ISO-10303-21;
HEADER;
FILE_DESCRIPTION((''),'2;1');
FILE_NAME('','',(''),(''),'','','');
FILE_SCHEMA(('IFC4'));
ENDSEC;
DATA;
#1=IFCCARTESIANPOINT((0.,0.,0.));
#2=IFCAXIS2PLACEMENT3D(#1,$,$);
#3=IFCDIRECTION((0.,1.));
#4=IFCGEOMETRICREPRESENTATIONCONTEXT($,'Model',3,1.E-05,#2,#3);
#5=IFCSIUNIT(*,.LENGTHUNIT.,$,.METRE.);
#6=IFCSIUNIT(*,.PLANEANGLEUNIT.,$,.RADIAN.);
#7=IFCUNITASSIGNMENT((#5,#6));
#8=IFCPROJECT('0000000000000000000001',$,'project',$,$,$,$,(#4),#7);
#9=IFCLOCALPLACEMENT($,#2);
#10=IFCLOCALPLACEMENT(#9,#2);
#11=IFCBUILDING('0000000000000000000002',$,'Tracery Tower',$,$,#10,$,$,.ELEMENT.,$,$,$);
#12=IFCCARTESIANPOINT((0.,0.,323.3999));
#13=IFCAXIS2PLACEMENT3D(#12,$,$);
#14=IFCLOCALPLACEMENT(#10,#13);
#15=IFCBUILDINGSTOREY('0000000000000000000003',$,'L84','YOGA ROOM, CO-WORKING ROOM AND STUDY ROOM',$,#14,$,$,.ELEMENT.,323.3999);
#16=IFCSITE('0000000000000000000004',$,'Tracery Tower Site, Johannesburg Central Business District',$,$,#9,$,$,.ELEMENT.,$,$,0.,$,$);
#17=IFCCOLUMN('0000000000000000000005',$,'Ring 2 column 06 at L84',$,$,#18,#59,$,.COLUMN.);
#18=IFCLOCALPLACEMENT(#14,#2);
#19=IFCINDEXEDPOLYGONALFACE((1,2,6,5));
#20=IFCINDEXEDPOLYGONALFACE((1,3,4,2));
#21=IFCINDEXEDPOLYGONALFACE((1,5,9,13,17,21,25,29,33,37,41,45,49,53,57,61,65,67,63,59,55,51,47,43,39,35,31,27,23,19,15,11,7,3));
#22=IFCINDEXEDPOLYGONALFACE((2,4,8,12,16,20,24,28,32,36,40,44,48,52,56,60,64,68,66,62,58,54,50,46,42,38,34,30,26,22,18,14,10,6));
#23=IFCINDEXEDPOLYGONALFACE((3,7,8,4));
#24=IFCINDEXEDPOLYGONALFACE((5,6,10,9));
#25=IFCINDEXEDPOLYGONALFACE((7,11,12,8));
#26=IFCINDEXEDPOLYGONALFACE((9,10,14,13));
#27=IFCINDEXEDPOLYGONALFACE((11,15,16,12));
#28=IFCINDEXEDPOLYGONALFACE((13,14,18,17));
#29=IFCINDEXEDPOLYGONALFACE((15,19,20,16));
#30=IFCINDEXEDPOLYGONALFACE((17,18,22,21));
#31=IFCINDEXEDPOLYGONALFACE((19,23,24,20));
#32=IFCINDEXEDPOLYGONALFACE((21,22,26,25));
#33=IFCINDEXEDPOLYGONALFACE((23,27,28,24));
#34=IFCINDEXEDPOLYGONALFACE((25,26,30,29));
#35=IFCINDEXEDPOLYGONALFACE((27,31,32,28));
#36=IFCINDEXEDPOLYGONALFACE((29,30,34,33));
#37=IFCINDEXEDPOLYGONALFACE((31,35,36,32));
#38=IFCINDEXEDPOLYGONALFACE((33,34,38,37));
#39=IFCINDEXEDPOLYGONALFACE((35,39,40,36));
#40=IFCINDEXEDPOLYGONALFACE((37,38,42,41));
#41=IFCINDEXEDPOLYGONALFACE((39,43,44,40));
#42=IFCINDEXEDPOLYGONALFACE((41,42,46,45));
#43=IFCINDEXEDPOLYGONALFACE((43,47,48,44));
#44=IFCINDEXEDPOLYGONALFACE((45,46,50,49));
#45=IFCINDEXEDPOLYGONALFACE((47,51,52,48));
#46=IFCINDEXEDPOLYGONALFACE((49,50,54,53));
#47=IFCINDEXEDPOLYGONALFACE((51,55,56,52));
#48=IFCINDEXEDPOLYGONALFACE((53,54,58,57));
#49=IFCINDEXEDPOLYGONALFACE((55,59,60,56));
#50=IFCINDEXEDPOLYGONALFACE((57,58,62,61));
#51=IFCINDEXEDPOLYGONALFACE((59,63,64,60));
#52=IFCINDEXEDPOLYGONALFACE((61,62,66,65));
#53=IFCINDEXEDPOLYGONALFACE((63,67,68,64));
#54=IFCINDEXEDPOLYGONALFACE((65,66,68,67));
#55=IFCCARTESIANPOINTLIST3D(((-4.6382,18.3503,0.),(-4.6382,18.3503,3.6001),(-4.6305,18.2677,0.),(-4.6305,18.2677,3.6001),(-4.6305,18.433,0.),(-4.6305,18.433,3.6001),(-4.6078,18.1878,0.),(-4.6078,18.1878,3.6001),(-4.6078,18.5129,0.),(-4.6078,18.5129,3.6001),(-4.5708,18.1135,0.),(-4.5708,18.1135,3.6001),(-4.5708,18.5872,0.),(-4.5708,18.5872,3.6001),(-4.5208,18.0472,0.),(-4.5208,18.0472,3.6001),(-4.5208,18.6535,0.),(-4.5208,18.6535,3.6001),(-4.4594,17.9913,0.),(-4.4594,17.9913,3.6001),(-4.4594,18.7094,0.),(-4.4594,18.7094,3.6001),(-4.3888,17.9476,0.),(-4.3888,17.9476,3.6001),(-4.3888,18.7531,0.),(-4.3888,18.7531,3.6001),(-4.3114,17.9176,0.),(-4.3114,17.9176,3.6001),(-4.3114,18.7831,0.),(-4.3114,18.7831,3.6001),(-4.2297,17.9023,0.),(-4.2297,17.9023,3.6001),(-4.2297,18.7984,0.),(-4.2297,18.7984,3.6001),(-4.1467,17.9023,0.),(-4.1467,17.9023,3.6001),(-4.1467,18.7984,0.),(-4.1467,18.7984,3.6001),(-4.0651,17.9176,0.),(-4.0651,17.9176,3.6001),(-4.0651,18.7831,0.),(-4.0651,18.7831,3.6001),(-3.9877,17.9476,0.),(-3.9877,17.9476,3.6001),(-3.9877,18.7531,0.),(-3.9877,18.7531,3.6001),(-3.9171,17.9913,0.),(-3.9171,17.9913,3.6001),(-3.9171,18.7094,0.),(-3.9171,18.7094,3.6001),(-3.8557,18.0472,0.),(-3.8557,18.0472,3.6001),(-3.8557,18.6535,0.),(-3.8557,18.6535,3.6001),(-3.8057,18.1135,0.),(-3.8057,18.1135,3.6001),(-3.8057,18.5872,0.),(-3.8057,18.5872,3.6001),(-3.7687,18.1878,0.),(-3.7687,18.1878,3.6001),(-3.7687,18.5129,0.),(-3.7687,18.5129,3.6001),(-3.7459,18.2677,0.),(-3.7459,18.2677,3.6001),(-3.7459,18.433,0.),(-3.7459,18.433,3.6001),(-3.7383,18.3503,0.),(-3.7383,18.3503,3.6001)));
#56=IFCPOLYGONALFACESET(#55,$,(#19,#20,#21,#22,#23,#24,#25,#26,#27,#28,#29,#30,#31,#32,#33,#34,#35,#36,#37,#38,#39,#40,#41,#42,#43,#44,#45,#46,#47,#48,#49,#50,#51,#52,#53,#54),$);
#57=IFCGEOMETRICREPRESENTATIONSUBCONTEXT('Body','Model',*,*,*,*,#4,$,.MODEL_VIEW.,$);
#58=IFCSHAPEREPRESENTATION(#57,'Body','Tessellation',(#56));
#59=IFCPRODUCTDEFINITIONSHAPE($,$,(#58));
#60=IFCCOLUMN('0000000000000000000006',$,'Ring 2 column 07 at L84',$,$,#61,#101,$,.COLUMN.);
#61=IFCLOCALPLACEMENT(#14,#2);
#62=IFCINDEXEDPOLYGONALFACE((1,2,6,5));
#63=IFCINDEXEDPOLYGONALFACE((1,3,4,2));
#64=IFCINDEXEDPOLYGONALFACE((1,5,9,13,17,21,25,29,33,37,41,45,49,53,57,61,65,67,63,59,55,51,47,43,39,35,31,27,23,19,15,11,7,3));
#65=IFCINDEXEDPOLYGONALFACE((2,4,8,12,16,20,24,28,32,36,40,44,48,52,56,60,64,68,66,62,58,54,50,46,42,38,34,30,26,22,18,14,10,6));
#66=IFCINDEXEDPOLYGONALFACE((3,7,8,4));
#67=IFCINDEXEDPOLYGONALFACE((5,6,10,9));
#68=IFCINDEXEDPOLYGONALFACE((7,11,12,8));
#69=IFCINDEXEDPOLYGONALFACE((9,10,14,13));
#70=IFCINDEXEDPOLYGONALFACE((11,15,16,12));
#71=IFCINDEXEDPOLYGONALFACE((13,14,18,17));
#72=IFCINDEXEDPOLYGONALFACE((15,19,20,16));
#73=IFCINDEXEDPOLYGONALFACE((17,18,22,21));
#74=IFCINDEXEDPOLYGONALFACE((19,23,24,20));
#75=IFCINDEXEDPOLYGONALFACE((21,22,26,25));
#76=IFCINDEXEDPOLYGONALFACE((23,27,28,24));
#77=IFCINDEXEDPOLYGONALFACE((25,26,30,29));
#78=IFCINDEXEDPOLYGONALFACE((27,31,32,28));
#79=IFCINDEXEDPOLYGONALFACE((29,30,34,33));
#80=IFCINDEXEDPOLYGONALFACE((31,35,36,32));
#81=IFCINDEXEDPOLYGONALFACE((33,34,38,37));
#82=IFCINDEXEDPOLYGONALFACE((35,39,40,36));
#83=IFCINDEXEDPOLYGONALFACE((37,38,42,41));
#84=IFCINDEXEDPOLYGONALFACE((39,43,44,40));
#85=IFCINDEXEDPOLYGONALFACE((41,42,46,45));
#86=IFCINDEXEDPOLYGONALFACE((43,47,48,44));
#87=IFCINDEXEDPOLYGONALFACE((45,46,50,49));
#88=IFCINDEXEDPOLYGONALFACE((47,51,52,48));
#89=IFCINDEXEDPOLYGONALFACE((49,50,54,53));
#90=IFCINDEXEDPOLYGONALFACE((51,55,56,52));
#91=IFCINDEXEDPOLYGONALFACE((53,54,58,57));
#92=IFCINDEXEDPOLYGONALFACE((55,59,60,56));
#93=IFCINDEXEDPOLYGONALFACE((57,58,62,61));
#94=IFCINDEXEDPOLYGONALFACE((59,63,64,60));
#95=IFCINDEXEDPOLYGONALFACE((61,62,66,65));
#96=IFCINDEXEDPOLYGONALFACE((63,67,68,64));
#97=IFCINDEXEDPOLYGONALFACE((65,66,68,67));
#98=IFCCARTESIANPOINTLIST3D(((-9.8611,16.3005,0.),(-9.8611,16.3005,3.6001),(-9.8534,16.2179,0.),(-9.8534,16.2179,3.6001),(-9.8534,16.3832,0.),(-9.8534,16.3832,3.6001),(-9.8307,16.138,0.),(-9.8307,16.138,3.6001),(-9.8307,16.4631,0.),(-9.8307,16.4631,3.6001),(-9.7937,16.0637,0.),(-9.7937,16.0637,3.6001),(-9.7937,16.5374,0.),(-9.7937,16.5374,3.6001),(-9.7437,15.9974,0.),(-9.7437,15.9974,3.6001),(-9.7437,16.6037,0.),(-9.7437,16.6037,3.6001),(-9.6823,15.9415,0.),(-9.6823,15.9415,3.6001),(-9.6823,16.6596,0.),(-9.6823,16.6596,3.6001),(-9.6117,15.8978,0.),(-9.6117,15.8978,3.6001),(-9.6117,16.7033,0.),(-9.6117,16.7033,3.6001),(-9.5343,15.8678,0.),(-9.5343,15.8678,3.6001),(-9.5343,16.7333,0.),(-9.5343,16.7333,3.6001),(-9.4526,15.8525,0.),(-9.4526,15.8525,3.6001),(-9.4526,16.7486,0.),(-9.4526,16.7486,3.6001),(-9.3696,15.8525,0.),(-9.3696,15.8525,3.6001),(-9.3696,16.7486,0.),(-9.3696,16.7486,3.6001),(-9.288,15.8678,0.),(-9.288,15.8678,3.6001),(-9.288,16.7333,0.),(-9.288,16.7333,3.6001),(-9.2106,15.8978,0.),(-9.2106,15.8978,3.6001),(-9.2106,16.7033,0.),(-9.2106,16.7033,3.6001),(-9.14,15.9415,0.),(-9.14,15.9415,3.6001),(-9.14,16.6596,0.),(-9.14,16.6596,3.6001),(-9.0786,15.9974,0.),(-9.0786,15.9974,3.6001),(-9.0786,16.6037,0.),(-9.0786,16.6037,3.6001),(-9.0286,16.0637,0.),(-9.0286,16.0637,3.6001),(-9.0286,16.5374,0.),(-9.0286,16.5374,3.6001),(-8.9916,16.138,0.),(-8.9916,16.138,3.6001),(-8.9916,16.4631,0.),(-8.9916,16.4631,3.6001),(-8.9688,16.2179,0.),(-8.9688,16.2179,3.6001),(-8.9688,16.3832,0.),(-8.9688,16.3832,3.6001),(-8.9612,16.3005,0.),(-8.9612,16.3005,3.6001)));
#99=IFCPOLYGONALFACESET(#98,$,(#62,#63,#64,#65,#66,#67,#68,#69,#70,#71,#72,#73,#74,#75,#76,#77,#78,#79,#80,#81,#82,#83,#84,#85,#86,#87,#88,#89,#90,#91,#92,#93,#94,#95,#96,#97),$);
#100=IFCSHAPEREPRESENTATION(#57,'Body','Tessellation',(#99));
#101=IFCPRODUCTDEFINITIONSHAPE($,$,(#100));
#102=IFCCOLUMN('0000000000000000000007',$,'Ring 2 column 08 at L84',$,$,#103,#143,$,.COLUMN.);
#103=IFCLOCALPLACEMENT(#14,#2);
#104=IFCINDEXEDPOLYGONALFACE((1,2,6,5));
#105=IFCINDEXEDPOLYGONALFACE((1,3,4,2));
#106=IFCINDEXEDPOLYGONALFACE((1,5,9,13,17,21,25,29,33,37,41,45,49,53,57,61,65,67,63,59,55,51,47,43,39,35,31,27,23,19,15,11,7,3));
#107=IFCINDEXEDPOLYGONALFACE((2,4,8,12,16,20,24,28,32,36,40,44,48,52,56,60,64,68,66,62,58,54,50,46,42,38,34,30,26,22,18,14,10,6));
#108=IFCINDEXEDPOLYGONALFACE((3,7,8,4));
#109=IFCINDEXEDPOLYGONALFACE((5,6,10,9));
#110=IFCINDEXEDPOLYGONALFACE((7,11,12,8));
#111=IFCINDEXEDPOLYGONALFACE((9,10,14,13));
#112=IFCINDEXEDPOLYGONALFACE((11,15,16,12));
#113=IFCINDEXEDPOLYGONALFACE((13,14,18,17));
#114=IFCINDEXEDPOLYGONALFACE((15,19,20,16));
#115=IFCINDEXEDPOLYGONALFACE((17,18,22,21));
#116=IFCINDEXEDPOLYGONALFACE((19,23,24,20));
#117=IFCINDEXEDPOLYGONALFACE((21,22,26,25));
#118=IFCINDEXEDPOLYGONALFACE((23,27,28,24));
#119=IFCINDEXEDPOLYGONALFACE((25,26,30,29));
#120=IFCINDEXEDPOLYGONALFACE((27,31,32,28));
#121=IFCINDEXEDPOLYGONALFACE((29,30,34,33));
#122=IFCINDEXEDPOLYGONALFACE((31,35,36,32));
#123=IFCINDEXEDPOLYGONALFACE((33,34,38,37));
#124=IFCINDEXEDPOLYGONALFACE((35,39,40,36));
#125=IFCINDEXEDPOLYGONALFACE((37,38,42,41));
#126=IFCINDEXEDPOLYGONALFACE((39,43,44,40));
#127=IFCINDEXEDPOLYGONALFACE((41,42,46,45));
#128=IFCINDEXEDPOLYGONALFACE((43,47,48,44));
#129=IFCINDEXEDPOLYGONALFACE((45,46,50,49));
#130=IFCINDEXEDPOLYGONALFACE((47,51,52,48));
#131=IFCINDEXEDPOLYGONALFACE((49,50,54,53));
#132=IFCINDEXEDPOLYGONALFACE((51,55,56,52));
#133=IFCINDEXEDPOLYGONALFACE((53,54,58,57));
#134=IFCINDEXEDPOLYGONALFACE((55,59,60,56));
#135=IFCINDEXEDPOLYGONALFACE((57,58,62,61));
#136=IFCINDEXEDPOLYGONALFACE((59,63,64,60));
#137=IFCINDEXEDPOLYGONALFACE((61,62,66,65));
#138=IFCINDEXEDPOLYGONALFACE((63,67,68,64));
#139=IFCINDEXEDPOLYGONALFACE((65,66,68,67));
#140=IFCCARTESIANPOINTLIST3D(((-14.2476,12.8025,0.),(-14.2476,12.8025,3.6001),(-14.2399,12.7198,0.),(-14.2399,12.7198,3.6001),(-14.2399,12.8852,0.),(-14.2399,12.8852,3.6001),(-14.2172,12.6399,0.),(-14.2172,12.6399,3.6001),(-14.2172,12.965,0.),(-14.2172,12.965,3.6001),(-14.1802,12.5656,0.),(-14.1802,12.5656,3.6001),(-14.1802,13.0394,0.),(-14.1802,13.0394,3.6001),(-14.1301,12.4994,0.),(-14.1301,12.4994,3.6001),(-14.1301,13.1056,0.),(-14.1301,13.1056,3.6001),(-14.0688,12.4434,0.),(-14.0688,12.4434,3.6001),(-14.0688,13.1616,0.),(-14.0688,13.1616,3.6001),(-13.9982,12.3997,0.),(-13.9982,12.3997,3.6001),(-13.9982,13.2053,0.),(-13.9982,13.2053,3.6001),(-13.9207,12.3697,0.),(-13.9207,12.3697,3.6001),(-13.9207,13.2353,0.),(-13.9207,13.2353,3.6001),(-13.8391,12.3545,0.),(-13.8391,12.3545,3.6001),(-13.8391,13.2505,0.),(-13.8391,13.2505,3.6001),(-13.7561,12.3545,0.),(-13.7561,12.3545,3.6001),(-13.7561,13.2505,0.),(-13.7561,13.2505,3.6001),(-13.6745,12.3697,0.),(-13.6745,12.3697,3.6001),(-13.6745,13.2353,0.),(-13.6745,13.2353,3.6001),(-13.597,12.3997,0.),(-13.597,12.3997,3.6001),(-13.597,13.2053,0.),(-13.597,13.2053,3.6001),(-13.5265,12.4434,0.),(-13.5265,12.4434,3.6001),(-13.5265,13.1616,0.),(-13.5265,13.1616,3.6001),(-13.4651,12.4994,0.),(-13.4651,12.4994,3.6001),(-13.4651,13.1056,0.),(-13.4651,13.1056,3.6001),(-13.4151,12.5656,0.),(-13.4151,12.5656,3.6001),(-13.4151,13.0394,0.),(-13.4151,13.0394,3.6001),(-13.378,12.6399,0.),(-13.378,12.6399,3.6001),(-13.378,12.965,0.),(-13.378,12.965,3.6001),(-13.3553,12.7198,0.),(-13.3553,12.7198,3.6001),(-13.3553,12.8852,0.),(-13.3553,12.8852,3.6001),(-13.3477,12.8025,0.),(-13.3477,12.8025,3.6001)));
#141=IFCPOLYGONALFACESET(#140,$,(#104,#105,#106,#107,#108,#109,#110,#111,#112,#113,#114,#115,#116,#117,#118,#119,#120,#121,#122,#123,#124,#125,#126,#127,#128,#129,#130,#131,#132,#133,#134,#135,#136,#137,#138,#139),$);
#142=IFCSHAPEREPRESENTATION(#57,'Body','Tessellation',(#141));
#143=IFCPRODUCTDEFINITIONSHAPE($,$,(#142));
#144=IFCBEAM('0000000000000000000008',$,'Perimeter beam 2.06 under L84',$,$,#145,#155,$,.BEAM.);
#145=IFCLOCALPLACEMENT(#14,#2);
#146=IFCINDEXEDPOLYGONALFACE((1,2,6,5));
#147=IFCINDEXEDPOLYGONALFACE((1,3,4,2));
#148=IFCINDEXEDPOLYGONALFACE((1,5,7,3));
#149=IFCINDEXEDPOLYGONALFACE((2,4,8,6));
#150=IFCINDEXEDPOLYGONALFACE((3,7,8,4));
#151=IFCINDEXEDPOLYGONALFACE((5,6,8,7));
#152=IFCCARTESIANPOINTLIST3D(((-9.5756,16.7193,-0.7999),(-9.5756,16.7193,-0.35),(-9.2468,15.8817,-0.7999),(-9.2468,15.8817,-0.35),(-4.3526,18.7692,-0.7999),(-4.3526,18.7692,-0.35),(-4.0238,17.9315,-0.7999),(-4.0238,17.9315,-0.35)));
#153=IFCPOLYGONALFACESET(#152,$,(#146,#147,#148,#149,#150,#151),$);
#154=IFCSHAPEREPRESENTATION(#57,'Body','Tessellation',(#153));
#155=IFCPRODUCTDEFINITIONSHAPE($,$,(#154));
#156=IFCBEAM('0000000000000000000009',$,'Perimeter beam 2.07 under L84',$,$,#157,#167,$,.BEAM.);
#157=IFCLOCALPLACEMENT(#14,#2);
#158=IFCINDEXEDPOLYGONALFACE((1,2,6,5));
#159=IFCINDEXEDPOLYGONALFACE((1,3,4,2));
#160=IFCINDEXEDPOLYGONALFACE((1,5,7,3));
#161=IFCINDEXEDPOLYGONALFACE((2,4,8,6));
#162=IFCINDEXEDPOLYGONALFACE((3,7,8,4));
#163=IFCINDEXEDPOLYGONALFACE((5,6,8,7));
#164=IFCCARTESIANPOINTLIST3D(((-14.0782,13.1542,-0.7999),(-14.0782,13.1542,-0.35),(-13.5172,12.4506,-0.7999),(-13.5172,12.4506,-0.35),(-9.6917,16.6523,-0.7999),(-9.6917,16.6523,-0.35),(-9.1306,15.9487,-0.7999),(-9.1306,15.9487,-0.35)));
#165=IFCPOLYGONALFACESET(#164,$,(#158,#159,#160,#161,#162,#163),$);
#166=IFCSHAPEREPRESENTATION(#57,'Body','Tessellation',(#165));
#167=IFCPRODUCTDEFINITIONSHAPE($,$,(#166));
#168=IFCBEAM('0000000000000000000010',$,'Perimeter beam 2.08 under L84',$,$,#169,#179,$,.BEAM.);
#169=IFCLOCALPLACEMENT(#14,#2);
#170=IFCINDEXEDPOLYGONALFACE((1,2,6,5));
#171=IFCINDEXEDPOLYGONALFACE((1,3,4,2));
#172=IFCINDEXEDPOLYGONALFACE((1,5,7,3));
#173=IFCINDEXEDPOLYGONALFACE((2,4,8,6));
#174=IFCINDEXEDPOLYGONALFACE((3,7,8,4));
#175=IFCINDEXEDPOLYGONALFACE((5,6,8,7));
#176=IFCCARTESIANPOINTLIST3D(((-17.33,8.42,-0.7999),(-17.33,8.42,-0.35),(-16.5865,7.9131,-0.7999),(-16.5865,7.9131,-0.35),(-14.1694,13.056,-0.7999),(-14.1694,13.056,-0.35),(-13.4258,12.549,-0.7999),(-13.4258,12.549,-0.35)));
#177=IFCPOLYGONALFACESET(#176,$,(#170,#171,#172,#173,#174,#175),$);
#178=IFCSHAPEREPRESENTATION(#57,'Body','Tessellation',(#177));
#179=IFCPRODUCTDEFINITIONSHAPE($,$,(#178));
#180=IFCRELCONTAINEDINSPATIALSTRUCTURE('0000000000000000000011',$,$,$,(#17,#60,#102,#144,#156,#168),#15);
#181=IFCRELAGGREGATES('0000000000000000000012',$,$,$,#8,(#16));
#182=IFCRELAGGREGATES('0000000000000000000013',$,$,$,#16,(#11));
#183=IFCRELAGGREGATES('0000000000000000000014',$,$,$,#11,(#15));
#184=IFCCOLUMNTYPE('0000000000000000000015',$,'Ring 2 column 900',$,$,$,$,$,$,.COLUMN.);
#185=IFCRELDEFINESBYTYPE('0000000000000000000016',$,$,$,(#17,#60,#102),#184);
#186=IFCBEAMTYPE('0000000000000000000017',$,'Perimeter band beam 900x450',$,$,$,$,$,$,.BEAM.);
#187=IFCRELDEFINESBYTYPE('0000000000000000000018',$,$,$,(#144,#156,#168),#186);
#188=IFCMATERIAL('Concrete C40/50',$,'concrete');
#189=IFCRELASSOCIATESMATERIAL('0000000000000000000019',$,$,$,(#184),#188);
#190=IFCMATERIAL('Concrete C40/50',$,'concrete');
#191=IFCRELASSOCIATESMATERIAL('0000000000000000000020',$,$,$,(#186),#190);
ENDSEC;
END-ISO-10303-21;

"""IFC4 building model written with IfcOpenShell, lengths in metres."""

from ifc_helpers import new_model, si_unit, direction, frame, origin, origin_2d, place, context, subcontext, project, spatial, rectangle, circle, extrude, material, material_profile, profile_set, type_object, element, save


model = new_model("IFC4")

# Units and contexts
model_context = context("Model", 3, precision=1e-05, world=origin(), true_north=direction((0.0, 1.0)))
body_context = subcontext(model_context, "Body", "Model", "MODEL_VIEW")
ifc_project = project(units=[si_unit("LENGTHUNIT", "METRE"), si_unit("PLANEANGLEUNIT", "RADIAN")], contexts=[model_context])

# Site, building, storey
site_placement = place(None, origin())
site = spatial("IfcSite", under=ifc_project, at=site_placement, Name="Tracery Tower Site, Johannesburg Central Business District", CompositionType="ELEMENT", RefElevation=0.0)
building_placement = place(site_placement, origin())
building = spatial("IfcBuilding", under=site, at=building_placement, Name="Tracery Tower", CompositionType="ELEMENT")
storey_placement = place(building_placement, frame((0.0, 0.0, 323.3999)))
storey = spatial("IfcBuildingStorey", under=building, at=storey_placement, Name="L84", Description="YOGA ROOM, CO-WORKING ROOM AND STUDY ROOM", CompositionType="ELEMENT", Elevation=323.3999)

# Columns
ifc_material_1 = material(Name="Concrete C40/50", Category="concrete")
ifc_material_profile_1 = material_profile(ifc_material_1, circle(Radius=0.45, at=origin_2d()), Name="RC D900")
ifc_profile_set_1 = profile_set([ifc_material_profile_1], Name="Concrete C40/50")
column_type = type_object("IfcColumnType", Name="Ring 2 column 900", PredefinedType="COLUMN", material=ifc_profile_set_1)
for number, where, z_axis, x_axis, name in (
    (1, (-4.1882, 18.3503, 0.0), (0.0, 0.0, 1.0), (1.0, 0.0, 0.0), "Ring 2 column 06 at L84"),
    (2, (-9.4111, 16.3005, 0.0), (0.0, 0.0, 1.0), (1.0, 0.0, 0.0), "Ring 2 column 07 at L84"),
    (3, (-13.7976, 12.8025, 0.0), (0.0, 0.0, 1.0), (1.0, 0.0, 0.0), "Ring 2 column 08 at L84"),
):
    element("IfcColumn", number, at=place(storey_placement, frame(where, z_axis=z_axis, x_axis=x_axis)), inside=storey, type_object=column_type, Name=name, PredefinedType="COLUMN", context=body_context, shape_type="SweptSolid", body=[
        extrude(circle(Radius=0.45, at=origin_2d()), origin(), (0.0, 0.0, 1.0), 3.6001),
    ])

# Beams
ifc_material_2 = material(Name="Concrete C40/50", Category="concrete")
ifc_material_profile_2 = material_profile(ifc_material_2, rectangle(XDim=0.8999, YDim=0.45, at=origin_2d()), Name="RC 900x450")
ifc_profile_set_2 = profile_set([ifc_material_profile_2], Name="Concrete C40/50")
beam_type = type_object("IfcBeamType", Name="Perimeter band beam 900x450", PredefinedType="BEAM", material=ifc_profile_set_2)
beam_1_placement = place(storey_placement, frame((-4.1882, 18.3503, -0.575), z_axis=(-0.930876, -0.365336, 0.0), x_axis=(0.365336, -0.930876, 0.0)))
element("IfcBeam", 4, at=beam_1_placement, inside=storey, type_object=beam_type, Name="Perimeter beam 2.06 under L84", PredefinedType="BEAM", context=body_context, shape_type="SweptSolid", body=[
    extrude(rectangle(XDim=0.8999, YDim=0.45, at=origin_2d()), origin(), (0.0, 0.0, 1.0), 5.6108),
])
beam_2_placement = place(storey_placement, frame((-9.4111, 16.3005, -0.575), z_axis=(-0.781836, -0.623484, 0.0), x_axis=(0.623484, -0.781836, 0.0)))
element("IfcBeam", 5, at=beam_2_placement, inside=storey, type_object=beam_type, Name="Perimeter beam 2.07 under L84", PredefinedType="BEAM", context=body_context, shape_type="SweptSolid", body=[
    extrude(rectangle(XDim=0.8999, YDim=0.45, at=origin_2d()), origin(), (0.0, 0.0, 1.0), 5.6106),
])
beam_3_placement = place(storey_placement, frame((-13.7976, 12.8025, -0.575), z_axis=(-0.563306, -0.826249, 0.0), x_axis=(0.826249, -0.563306, 0.0)))
element("IfcBeam", 6, at=beam_3_placement, inside=storey, type_object=beam_type, Name="Perimeter beam 2.08 under L84", PredefinedType="BEAM", context=body_context, shape_type="SweptSolid", body=[
    extrude(rectangle(XDim=0.8999, YDim=0.45, at=origin_2d()), origin(), (0.0, 0.0, 1.0), 5.6108),
])

save(model, "model.ifc")
